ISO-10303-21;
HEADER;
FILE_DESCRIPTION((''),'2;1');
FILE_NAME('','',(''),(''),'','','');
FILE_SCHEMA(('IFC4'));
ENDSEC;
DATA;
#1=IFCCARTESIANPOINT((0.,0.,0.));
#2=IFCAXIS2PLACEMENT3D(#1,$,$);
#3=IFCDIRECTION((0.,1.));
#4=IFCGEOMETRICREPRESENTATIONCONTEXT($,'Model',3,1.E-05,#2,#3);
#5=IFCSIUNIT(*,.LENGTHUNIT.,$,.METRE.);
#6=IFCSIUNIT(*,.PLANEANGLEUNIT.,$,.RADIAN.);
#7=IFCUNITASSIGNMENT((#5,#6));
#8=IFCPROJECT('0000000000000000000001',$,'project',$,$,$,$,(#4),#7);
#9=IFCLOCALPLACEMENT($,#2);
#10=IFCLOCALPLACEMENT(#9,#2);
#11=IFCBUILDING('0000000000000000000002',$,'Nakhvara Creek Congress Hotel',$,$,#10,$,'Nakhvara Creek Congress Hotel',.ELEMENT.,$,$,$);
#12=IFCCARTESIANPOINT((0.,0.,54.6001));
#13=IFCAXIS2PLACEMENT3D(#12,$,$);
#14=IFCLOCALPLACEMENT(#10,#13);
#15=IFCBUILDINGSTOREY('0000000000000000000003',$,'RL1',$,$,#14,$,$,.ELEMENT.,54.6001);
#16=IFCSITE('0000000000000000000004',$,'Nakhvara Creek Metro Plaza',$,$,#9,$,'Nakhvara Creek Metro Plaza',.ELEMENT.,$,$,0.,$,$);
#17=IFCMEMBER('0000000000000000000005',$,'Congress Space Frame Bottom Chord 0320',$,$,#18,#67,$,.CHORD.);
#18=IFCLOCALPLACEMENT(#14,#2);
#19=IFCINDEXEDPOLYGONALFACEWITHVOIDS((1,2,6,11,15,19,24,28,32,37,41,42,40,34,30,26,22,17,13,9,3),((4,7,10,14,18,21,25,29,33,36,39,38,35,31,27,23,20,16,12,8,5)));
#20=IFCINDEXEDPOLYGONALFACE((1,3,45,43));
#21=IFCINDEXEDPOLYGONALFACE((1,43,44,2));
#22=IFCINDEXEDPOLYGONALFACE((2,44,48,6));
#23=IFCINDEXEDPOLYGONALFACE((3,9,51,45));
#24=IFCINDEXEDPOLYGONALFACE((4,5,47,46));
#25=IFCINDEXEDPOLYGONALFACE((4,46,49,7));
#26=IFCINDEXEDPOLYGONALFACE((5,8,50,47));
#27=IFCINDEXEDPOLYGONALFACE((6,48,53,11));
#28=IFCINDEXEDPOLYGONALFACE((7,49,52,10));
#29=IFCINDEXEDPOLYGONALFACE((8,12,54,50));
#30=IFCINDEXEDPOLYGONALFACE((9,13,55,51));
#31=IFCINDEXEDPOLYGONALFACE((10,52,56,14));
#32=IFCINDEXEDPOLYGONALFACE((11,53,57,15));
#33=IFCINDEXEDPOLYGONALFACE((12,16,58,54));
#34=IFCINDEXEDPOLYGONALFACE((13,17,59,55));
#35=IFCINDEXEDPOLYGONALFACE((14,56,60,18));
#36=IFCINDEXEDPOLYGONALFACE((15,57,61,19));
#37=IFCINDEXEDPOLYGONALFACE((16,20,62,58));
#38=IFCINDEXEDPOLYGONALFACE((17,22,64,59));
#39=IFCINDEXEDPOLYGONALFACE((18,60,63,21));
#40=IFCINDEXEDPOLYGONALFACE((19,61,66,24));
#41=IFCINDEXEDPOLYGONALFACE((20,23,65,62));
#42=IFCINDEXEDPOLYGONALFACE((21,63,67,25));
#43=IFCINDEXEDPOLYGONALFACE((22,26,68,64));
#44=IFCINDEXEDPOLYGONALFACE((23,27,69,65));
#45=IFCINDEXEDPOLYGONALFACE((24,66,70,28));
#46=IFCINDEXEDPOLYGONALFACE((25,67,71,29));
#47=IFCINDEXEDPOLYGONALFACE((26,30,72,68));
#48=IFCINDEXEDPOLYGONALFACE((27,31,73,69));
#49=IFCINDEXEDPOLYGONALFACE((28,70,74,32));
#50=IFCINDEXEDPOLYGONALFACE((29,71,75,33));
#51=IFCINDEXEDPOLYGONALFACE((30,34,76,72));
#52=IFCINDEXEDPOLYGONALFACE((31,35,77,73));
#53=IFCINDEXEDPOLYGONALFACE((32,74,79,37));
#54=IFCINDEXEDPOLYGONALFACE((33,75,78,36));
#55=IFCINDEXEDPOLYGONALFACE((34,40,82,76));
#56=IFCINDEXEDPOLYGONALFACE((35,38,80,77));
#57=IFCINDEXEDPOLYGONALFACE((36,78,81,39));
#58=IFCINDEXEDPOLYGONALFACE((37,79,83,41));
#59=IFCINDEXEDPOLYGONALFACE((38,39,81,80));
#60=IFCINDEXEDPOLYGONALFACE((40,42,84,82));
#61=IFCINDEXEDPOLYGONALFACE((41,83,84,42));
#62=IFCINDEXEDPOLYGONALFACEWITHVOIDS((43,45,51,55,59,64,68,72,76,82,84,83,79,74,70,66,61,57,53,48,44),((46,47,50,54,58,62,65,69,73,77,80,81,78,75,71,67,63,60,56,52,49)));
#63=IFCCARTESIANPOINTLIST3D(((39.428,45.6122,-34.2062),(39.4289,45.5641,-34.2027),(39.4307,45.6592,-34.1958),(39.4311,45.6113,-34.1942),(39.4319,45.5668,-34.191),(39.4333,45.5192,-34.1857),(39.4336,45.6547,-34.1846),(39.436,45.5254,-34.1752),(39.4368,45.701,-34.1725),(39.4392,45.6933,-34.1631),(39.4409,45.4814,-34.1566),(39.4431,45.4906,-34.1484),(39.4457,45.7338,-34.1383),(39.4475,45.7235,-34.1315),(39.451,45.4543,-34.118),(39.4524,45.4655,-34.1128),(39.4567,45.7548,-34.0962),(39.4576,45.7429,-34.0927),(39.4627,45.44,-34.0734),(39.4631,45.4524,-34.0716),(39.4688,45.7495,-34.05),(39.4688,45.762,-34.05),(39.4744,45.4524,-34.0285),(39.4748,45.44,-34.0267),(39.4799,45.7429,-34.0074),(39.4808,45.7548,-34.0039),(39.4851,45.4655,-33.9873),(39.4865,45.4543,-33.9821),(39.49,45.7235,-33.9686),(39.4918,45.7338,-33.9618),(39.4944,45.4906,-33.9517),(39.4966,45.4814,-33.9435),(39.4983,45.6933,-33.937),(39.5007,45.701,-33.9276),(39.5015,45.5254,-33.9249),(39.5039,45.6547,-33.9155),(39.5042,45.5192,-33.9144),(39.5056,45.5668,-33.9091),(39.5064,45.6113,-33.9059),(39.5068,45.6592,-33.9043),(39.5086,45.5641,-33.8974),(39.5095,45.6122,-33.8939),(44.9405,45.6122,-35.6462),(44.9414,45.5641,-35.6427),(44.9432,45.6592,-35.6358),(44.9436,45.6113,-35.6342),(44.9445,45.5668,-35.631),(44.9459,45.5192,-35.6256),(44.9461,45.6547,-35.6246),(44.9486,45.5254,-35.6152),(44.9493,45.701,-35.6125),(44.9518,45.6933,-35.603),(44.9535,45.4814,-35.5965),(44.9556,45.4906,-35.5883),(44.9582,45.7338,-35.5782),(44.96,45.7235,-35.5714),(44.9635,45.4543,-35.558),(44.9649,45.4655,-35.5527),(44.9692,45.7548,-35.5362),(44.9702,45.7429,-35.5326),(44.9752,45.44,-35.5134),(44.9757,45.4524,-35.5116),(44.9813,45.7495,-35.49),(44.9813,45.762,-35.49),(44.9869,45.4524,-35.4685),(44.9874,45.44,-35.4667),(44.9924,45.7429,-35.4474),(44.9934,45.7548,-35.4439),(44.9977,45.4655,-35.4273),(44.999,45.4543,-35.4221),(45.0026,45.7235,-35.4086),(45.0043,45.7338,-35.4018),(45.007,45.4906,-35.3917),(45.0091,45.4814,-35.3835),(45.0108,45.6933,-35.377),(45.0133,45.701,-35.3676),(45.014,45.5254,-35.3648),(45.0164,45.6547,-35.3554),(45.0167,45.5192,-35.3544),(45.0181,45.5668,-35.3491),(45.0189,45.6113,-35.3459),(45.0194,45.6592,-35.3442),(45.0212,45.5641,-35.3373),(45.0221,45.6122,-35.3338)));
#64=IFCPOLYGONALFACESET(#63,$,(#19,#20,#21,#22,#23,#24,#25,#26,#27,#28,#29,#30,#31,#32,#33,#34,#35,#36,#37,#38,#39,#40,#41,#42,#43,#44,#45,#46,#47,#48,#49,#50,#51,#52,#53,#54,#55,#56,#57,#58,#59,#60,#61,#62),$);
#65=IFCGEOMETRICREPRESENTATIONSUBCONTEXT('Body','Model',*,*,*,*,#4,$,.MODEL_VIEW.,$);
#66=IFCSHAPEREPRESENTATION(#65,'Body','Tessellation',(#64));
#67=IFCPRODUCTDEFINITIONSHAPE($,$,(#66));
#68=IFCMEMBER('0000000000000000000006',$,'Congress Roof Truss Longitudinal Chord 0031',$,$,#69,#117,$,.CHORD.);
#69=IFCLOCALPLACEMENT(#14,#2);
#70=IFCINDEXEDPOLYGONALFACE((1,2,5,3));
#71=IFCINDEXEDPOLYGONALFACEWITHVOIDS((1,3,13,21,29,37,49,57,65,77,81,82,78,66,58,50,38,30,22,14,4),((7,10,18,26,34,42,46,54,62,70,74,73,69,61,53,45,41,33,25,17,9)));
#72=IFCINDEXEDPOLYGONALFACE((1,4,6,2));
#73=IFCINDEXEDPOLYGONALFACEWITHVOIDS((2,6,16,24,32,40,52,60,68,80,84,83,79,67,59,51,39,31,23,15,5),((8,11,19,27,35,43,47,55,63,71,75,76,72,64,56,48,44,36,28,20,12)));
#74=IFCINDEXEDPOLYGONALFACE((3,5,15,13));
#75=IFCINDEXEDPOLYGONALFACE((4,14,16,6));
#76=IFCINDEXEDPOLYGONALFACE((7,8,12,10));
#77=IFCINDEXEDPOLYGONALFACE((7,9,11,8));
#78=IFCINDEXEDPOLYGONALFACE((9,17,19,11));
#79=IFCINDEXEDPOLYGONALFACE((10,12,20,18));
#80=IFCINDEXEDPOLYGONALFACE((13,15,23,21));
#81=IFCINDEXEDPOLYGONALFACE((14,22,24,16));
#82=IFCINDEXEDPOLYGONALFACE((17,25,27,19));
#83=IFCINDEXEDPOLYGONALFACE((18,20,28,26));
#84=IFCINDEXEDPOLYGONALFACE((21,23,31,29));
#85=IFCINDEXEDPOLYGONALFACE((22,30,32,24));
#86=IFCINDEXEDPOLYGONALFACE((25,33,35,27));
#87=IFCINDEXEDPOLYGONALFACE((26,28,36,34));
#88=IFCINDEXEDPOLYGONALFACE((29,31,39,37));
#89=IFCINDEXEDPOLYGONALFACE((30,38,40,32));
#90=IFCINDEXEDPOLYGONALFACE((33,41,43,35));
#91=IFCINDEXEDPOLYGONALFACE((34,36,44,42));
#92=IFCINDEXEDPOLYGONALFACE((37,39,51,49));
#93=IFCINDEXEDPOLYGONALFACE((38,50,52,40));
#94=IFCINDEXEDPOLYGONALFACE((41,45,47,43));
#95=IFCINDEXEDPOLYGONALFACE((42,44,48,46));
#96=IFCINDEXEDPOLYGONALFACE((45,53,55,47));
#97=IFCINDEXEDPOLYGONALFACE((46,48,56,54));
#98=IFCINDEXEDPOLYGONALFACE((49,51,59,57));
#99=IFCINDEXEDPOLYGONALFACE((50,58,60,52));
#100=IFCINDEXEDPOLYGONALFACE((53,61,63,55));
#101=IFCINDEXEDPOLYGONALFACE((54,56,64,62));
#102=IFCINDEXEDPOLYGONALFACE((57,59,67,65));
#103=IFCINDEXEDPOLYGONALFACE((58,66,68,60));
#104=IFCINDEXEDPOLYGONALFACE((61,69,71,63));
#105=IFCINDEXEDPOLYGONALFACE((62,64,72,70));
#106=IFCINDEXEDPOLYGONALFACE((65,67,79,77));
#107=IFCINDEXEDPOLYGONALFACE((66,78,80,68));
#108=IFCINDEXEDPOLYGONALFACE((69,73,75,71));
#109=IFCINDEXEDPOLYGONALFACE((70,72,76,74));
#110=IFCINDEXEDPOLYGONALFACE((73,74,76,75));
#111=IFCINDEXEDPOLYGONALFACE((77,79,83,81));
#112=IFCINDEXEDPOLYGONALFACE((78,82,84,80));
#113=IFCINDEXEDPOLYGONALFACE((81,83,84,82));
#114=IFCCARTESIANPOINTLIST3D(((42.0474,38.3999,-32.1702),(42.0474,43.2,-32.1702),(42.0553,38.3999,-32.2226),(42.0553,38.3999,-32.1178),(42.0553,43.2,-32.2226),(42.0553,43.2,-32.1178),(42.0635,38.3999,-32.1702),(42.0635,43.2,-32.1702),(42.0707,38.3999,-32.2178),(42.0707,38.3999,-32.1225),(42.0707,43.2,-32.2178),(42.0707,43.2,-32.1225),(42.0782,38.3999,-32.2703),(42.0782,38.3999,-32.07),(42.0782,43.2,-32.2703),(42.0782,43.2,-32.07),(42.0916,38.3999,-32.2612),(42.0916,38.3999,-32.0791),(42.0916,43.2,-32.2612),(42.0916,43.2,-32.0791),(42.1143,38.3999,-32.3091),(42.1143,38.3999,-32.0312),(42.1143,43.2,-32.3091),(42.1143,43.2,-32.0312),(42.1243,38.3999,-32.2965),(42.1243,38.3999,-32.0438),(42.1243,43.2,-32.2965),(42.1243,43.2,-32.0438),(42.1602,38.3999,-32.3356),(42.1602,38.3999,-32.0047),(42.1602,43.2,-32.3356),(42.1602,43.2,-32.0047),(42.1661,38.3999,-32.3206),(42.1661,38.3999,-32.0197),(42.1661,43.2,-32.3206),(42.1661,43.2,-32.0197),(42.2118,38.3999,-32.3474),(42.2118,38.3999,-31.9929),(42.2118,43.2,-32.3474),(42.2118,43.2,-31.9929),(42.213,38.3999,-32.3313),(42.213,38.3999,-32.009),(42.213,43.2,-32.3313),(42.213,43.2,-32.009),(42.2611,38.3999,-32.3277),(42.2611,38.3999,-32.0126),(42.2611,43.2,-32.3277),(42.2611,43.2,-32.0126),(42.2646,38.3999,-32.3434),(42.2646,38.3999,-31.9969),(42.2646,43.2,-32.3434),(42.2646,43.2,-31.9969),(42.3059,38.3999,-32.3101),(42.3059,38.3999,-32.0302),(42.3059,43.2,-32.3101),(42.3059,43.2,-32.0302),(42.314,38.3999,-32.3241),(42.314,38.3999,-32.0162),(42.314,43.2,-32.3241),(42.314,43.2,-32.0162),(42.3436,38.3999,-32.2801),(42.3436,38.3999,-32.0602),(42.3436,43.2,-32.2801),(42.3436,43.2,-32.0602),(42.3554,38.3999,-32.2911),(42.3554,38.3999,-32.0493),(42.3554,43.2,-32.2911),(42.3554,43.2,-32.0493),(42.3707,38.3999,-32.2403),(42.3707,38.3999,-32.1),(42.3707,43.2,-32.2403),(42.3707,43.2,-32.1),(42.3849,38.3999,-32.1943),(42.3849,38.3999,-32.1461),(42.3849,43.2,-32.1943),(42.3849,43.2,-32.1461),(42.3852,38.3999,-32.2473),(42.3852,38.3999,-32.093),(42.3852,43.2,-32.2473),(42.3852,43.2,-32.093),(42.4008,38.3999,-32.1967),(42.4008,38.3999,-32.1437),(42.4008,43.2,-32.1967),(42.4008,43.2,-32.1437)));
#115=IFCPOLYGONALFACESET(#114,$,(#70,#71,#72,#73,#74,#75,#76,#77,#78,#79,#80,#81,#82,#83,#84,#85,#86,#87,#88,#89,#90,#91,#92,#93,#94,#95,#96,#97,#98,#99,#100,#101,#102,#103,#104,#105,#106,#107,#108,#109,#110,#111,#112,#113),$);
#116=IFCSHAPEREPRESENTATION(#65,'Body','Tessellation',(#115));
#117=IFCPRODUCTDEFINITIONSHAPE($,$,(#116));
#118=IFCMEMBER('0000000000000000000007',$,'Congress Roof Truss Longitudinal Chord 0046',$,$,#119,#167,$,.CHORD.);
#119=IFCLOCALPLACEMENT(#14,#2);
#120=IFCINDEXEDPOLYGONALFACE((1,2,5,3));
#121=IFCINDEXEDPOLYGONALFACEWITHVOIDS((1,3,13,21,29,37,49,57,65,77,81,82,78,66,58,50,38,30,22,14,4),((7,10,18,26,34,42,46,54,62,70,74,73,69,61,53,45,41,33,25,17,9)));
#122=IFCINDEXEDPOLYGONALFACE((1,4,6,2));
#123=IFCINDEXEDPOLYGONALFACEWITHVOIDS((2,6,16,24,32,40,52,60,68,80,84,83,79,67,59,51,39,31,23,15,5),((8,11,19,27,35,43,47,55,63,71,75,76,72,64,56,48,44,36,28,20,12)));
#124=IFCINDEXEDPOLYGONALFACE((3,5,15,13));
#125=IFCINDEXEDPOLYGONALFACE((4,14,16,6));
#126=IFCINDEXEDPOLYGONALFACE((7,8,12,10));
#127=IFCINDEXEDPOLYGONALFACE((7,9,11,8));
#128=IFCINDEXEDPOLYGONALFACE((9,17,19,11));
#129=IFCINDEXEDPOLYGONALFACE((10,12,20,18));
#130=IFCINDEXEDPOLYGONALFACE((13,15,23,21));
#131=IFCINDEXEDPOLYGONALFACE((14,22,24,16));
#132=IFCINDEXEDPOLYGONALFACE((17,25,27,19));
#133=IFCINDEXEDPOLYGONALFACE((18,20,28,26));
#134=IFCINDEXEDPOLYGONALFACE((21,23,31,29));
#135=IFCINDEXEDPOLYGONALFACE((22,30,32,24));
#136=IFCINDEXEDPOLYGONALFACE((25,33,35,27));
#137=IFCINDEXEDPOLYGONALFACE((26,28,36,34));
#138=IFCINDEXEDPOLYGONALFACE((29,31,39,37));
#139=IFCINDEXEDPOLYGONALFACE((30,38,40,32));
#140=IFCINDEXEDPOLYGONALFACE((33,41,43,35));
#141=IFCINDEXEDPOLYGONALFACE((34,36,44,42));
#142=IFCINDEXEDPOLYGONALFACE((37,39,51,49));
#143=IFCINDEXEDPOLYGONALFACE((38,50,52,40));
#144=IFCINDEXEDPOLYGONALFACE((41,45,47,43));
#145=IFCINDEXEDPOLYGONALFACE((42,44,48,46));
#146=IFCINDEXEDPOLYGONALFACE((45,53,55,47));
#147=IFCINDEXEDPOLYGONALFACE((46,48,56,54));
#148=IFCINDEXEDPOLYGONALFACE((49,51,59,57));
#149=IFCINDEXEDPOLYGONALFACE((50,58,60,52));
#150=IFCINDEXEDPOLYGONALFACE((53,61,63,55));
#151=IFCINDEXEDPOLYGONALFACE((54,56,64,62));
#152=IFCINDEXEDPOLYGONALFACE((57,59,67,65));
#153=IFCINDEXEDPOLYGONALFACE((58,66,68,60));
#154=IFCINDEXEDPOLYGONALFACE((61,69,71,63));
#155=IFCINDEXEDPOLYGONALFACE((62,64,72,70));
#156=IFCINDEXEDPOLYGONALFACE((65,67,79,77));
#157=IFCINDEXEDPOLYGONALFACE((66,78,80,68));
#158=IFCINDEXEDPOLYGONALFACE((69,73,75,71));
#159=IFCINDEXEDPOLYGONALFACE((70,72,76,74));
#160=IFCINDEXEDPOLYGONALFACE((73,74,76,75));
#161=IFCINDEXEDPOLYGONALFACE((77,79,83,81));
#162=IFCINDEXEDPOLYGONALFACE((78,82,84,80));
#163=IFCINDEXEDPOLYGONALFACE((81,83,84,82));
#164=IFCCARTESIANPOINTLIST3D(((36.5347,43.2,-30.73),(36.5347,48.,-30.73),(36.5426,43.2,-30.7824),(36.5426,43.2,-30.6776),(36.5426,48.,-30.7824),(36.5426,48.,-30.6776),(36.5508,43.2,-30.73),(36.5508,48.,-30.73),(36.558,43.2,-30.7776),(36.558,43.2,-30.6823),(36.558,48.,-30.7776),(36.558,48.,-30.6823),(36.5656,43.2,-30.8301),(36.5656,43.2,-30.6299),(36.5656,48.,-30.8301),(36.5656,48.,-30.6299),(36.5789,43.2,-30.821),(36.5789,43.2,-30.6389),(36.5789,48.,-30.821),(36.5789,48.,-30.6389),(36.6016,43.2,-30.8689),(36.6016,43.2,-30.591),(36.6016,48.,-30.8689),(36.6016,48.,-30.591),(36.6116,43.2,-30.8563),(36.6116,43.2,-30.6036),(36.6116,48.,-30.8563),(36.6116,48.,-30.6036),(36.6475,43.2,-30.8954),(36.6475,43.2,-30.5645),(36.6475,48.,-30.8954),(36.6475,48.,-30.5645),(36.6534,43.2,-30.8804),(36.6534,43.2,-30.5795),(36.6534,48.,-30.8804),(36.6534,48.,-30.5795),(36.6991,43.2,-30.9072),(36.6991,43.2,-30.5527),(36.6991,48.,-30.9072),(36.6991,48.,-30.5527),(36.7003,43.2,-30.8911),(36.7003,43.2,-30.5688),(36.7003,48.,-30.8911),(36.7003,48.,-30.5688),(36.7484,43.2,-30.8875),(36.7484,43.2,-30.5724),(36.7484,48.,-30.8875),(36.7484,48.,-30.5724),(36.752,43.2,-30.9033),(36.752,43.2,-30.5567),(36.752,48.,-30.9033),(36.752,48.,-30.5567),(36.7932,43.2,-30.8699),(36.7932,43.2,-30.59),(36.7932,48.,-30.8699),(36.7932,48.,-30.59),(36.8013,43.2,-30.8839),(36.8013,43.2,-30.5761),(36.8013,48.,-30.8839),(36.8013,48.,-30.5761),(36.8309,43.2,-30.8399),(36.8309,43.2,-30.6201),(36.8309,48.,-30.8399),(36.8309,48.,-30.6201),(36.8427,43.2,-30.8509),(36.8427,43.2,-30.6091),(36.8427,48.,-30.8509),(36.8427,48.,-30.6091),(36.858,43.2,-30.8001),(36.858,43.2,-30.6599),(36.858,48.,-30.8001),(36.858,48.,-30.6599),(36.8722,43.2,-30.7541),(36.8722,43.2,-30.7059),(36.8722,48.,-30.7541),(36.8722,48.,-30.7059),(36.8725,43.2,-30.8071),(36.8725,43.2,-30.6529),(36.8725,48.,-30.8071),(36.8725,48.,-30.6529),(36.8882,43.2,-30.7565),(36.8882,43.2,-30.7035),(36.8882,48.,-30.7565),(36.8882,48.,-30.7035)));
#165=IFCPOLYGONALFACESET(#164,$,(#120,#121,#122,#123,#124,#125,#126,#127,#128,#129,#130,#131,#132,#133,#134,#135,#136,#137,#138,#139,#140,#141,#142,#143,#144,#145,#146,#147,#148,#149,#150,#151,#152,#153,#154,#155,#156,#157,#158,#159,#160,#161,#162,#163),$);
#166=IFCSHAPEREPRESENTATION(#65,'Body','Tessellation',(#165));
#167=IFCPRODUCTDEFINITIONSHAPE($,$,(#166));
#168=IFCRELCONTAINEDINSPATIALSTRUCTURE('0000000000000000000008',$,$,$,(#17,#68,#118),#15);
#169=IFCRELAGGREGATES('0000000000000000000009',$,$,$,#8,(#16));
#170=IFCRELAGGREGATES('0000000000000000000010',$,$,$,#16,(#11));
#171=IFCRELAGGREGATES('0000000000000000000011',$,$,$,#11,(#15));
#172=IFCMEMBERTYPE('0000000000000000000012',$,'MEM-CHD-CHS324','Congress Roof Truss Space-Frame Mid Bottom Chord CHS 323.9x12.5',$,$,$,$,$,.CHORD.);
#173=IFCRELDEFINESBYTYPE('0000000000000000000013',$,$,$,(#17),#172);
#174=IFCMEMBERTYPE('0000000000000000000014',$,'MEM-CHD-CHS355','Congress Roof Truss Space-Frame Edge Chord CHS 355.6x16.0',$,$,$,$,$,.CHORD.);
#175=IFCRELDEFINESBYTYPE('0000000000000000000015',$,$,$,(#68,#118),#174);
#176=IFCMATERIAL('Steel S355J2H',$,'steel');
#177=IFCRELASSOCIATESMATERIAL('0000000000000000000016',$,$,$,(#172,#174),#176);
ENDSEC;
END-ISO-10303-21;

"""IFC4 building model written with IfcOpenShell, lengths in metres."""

from ifc_helpers import new_model, si_unit, direction, frame, origin, origin_2d, place, context, subcontext, project, spatial, hollow_circle, extrude, material, material_profile, profile_set, type_object, element, save


model = new_model("IFC4")

# Units and contexts
model_context = context("Model", 3, precision=1e-05, world=origin(), true_north=direction((0.0, 1.0)))
body_context = subcontext(model_context, "Body", "Model", "MODEL_VIEW")
ifc_project = project(units=[si_unit("LENGTHUNIT", "METRE"), si_unit("PLANEANGLEUNIT", "RADIAN")], contexts=[model_context])

# Site, building, storey
site_placement = place(None, origin())
site = spatial("IfcSite", under=ifc_project, at=site_placement, Name="Nakhvara Creek Metro Plaza", LongName="Nakhvara Creek Metro Plaza", CompositionType="ELEMENT", RefElevation=0.0)
building_placement = place(site_placement, origin())
building = spatial("IfcBuilding", under=site, at=building_placement, Name="Nakhvara Creek Congress Hotel", LongName="Nakhvara Creek Congress Hotel", CompositionType="ELEMENT")
storey_placement = place(building_placement, frame((0.0, 0.0, 54.6001)))
storey = spatial("IfcBuildingStorey", under=building, at=storey_placement, Name="RL1", CompositionType="ELEMENT", Elevation=54.6001)

# Members
ifc_material_1 = material(Name="Steel S355J2H", Category="steel")
ifc_material_profile_1 = material_profile(ifc_material_1, hollow_circle(Radius=0.1619, WallThickness=0.0125, at=origin_2d()), Name="CHS 323.9x12.5", Category="LoadBearing")
ifc_profile_set_1 = profile_set([ifc_material_profile_1], Name="Steel S355J2H")
member_type_1 = type_object("IfcMemberType", Name="MEM-CHD-CHS324", Description="Congress Roof Truss Space-Frame Mid Bottom Chord CHS 323.9x12.5", PredefinedType="CHORD", material=ifc_profile_set_1)
for number, where, z_axis, x_axis, name in (
    (1, (39.4688, 45.6001, -34.05), (0.967535, 0.0, -0.252736), (0.0, 1.0, 0.0), "Congress Space Frame Bottom Chord 0320"),
):
    element("IfcMember", number, at=place(storey_placement, frame(where, z_axis=z_axis, x_axis=x_axis)), inside=storey, type_object=member_type_1, Name=name, PredefinedType="CHORD", context=body_context, shape_type="SweptSolid", body=[
        extrude(hollow_circle(Radius=0.1619, WallThickness=0.0125, at=origin_2d()), origin(), (0.0, 0.0, 1.0), 5.6975),
    ])
ifc_material_profile_2 = material_profile(ifc_material_1, hollow_circle(Radius=0.1777, WallThickness=0.0161, at=origin_2d()), Name="CHS 355.6x16.0", Category="LoadBearing")
ifc_profile_set_2 = profile_set([ifc_material_profile_2], Name="Steel S355J2H")
member_type_2 = type_object("IfcMemberType", Name="MEM-CHD-CHS355", Description="Congress Roof Truss Space-Frame Edge Chord CHS 355.6x16.0", PredefinedType="CHORD", material=ifc_profile_set_2)
for number, where, z_axis, x_axis, name in (
    (2, (42.2251, 38.3999, -32.1702), (0.0, 1.0, 0.0), (-1.0, 0.0, 0.0), "Congress Roof Truss Longitudinal Chord 0031"),
    (3, (36.7124, 43.2, -30.73), (0.0, 1.0, 0.0), (-1.0, 0.0, 0.0), "Congress Roof Truss Longitudinal Chord 0046"),
):
    element("IfcMember", number, at=place(storey_placement, frame(where, z_axis=z_axis, x_axis=x_axis)), inside=storey, type_object=member_type_2, Name=name, PredefinedType="CHORD", context=body_context, shape_type="SweptSolid", body=[
        extrude(hollow_circle(Radius=0.1777, WallThickness=0.0161, at=origin_2d()), origin(), (0.0, 0.0, 1.0), 4.8),
    ])

save(model, "model.ifc")
